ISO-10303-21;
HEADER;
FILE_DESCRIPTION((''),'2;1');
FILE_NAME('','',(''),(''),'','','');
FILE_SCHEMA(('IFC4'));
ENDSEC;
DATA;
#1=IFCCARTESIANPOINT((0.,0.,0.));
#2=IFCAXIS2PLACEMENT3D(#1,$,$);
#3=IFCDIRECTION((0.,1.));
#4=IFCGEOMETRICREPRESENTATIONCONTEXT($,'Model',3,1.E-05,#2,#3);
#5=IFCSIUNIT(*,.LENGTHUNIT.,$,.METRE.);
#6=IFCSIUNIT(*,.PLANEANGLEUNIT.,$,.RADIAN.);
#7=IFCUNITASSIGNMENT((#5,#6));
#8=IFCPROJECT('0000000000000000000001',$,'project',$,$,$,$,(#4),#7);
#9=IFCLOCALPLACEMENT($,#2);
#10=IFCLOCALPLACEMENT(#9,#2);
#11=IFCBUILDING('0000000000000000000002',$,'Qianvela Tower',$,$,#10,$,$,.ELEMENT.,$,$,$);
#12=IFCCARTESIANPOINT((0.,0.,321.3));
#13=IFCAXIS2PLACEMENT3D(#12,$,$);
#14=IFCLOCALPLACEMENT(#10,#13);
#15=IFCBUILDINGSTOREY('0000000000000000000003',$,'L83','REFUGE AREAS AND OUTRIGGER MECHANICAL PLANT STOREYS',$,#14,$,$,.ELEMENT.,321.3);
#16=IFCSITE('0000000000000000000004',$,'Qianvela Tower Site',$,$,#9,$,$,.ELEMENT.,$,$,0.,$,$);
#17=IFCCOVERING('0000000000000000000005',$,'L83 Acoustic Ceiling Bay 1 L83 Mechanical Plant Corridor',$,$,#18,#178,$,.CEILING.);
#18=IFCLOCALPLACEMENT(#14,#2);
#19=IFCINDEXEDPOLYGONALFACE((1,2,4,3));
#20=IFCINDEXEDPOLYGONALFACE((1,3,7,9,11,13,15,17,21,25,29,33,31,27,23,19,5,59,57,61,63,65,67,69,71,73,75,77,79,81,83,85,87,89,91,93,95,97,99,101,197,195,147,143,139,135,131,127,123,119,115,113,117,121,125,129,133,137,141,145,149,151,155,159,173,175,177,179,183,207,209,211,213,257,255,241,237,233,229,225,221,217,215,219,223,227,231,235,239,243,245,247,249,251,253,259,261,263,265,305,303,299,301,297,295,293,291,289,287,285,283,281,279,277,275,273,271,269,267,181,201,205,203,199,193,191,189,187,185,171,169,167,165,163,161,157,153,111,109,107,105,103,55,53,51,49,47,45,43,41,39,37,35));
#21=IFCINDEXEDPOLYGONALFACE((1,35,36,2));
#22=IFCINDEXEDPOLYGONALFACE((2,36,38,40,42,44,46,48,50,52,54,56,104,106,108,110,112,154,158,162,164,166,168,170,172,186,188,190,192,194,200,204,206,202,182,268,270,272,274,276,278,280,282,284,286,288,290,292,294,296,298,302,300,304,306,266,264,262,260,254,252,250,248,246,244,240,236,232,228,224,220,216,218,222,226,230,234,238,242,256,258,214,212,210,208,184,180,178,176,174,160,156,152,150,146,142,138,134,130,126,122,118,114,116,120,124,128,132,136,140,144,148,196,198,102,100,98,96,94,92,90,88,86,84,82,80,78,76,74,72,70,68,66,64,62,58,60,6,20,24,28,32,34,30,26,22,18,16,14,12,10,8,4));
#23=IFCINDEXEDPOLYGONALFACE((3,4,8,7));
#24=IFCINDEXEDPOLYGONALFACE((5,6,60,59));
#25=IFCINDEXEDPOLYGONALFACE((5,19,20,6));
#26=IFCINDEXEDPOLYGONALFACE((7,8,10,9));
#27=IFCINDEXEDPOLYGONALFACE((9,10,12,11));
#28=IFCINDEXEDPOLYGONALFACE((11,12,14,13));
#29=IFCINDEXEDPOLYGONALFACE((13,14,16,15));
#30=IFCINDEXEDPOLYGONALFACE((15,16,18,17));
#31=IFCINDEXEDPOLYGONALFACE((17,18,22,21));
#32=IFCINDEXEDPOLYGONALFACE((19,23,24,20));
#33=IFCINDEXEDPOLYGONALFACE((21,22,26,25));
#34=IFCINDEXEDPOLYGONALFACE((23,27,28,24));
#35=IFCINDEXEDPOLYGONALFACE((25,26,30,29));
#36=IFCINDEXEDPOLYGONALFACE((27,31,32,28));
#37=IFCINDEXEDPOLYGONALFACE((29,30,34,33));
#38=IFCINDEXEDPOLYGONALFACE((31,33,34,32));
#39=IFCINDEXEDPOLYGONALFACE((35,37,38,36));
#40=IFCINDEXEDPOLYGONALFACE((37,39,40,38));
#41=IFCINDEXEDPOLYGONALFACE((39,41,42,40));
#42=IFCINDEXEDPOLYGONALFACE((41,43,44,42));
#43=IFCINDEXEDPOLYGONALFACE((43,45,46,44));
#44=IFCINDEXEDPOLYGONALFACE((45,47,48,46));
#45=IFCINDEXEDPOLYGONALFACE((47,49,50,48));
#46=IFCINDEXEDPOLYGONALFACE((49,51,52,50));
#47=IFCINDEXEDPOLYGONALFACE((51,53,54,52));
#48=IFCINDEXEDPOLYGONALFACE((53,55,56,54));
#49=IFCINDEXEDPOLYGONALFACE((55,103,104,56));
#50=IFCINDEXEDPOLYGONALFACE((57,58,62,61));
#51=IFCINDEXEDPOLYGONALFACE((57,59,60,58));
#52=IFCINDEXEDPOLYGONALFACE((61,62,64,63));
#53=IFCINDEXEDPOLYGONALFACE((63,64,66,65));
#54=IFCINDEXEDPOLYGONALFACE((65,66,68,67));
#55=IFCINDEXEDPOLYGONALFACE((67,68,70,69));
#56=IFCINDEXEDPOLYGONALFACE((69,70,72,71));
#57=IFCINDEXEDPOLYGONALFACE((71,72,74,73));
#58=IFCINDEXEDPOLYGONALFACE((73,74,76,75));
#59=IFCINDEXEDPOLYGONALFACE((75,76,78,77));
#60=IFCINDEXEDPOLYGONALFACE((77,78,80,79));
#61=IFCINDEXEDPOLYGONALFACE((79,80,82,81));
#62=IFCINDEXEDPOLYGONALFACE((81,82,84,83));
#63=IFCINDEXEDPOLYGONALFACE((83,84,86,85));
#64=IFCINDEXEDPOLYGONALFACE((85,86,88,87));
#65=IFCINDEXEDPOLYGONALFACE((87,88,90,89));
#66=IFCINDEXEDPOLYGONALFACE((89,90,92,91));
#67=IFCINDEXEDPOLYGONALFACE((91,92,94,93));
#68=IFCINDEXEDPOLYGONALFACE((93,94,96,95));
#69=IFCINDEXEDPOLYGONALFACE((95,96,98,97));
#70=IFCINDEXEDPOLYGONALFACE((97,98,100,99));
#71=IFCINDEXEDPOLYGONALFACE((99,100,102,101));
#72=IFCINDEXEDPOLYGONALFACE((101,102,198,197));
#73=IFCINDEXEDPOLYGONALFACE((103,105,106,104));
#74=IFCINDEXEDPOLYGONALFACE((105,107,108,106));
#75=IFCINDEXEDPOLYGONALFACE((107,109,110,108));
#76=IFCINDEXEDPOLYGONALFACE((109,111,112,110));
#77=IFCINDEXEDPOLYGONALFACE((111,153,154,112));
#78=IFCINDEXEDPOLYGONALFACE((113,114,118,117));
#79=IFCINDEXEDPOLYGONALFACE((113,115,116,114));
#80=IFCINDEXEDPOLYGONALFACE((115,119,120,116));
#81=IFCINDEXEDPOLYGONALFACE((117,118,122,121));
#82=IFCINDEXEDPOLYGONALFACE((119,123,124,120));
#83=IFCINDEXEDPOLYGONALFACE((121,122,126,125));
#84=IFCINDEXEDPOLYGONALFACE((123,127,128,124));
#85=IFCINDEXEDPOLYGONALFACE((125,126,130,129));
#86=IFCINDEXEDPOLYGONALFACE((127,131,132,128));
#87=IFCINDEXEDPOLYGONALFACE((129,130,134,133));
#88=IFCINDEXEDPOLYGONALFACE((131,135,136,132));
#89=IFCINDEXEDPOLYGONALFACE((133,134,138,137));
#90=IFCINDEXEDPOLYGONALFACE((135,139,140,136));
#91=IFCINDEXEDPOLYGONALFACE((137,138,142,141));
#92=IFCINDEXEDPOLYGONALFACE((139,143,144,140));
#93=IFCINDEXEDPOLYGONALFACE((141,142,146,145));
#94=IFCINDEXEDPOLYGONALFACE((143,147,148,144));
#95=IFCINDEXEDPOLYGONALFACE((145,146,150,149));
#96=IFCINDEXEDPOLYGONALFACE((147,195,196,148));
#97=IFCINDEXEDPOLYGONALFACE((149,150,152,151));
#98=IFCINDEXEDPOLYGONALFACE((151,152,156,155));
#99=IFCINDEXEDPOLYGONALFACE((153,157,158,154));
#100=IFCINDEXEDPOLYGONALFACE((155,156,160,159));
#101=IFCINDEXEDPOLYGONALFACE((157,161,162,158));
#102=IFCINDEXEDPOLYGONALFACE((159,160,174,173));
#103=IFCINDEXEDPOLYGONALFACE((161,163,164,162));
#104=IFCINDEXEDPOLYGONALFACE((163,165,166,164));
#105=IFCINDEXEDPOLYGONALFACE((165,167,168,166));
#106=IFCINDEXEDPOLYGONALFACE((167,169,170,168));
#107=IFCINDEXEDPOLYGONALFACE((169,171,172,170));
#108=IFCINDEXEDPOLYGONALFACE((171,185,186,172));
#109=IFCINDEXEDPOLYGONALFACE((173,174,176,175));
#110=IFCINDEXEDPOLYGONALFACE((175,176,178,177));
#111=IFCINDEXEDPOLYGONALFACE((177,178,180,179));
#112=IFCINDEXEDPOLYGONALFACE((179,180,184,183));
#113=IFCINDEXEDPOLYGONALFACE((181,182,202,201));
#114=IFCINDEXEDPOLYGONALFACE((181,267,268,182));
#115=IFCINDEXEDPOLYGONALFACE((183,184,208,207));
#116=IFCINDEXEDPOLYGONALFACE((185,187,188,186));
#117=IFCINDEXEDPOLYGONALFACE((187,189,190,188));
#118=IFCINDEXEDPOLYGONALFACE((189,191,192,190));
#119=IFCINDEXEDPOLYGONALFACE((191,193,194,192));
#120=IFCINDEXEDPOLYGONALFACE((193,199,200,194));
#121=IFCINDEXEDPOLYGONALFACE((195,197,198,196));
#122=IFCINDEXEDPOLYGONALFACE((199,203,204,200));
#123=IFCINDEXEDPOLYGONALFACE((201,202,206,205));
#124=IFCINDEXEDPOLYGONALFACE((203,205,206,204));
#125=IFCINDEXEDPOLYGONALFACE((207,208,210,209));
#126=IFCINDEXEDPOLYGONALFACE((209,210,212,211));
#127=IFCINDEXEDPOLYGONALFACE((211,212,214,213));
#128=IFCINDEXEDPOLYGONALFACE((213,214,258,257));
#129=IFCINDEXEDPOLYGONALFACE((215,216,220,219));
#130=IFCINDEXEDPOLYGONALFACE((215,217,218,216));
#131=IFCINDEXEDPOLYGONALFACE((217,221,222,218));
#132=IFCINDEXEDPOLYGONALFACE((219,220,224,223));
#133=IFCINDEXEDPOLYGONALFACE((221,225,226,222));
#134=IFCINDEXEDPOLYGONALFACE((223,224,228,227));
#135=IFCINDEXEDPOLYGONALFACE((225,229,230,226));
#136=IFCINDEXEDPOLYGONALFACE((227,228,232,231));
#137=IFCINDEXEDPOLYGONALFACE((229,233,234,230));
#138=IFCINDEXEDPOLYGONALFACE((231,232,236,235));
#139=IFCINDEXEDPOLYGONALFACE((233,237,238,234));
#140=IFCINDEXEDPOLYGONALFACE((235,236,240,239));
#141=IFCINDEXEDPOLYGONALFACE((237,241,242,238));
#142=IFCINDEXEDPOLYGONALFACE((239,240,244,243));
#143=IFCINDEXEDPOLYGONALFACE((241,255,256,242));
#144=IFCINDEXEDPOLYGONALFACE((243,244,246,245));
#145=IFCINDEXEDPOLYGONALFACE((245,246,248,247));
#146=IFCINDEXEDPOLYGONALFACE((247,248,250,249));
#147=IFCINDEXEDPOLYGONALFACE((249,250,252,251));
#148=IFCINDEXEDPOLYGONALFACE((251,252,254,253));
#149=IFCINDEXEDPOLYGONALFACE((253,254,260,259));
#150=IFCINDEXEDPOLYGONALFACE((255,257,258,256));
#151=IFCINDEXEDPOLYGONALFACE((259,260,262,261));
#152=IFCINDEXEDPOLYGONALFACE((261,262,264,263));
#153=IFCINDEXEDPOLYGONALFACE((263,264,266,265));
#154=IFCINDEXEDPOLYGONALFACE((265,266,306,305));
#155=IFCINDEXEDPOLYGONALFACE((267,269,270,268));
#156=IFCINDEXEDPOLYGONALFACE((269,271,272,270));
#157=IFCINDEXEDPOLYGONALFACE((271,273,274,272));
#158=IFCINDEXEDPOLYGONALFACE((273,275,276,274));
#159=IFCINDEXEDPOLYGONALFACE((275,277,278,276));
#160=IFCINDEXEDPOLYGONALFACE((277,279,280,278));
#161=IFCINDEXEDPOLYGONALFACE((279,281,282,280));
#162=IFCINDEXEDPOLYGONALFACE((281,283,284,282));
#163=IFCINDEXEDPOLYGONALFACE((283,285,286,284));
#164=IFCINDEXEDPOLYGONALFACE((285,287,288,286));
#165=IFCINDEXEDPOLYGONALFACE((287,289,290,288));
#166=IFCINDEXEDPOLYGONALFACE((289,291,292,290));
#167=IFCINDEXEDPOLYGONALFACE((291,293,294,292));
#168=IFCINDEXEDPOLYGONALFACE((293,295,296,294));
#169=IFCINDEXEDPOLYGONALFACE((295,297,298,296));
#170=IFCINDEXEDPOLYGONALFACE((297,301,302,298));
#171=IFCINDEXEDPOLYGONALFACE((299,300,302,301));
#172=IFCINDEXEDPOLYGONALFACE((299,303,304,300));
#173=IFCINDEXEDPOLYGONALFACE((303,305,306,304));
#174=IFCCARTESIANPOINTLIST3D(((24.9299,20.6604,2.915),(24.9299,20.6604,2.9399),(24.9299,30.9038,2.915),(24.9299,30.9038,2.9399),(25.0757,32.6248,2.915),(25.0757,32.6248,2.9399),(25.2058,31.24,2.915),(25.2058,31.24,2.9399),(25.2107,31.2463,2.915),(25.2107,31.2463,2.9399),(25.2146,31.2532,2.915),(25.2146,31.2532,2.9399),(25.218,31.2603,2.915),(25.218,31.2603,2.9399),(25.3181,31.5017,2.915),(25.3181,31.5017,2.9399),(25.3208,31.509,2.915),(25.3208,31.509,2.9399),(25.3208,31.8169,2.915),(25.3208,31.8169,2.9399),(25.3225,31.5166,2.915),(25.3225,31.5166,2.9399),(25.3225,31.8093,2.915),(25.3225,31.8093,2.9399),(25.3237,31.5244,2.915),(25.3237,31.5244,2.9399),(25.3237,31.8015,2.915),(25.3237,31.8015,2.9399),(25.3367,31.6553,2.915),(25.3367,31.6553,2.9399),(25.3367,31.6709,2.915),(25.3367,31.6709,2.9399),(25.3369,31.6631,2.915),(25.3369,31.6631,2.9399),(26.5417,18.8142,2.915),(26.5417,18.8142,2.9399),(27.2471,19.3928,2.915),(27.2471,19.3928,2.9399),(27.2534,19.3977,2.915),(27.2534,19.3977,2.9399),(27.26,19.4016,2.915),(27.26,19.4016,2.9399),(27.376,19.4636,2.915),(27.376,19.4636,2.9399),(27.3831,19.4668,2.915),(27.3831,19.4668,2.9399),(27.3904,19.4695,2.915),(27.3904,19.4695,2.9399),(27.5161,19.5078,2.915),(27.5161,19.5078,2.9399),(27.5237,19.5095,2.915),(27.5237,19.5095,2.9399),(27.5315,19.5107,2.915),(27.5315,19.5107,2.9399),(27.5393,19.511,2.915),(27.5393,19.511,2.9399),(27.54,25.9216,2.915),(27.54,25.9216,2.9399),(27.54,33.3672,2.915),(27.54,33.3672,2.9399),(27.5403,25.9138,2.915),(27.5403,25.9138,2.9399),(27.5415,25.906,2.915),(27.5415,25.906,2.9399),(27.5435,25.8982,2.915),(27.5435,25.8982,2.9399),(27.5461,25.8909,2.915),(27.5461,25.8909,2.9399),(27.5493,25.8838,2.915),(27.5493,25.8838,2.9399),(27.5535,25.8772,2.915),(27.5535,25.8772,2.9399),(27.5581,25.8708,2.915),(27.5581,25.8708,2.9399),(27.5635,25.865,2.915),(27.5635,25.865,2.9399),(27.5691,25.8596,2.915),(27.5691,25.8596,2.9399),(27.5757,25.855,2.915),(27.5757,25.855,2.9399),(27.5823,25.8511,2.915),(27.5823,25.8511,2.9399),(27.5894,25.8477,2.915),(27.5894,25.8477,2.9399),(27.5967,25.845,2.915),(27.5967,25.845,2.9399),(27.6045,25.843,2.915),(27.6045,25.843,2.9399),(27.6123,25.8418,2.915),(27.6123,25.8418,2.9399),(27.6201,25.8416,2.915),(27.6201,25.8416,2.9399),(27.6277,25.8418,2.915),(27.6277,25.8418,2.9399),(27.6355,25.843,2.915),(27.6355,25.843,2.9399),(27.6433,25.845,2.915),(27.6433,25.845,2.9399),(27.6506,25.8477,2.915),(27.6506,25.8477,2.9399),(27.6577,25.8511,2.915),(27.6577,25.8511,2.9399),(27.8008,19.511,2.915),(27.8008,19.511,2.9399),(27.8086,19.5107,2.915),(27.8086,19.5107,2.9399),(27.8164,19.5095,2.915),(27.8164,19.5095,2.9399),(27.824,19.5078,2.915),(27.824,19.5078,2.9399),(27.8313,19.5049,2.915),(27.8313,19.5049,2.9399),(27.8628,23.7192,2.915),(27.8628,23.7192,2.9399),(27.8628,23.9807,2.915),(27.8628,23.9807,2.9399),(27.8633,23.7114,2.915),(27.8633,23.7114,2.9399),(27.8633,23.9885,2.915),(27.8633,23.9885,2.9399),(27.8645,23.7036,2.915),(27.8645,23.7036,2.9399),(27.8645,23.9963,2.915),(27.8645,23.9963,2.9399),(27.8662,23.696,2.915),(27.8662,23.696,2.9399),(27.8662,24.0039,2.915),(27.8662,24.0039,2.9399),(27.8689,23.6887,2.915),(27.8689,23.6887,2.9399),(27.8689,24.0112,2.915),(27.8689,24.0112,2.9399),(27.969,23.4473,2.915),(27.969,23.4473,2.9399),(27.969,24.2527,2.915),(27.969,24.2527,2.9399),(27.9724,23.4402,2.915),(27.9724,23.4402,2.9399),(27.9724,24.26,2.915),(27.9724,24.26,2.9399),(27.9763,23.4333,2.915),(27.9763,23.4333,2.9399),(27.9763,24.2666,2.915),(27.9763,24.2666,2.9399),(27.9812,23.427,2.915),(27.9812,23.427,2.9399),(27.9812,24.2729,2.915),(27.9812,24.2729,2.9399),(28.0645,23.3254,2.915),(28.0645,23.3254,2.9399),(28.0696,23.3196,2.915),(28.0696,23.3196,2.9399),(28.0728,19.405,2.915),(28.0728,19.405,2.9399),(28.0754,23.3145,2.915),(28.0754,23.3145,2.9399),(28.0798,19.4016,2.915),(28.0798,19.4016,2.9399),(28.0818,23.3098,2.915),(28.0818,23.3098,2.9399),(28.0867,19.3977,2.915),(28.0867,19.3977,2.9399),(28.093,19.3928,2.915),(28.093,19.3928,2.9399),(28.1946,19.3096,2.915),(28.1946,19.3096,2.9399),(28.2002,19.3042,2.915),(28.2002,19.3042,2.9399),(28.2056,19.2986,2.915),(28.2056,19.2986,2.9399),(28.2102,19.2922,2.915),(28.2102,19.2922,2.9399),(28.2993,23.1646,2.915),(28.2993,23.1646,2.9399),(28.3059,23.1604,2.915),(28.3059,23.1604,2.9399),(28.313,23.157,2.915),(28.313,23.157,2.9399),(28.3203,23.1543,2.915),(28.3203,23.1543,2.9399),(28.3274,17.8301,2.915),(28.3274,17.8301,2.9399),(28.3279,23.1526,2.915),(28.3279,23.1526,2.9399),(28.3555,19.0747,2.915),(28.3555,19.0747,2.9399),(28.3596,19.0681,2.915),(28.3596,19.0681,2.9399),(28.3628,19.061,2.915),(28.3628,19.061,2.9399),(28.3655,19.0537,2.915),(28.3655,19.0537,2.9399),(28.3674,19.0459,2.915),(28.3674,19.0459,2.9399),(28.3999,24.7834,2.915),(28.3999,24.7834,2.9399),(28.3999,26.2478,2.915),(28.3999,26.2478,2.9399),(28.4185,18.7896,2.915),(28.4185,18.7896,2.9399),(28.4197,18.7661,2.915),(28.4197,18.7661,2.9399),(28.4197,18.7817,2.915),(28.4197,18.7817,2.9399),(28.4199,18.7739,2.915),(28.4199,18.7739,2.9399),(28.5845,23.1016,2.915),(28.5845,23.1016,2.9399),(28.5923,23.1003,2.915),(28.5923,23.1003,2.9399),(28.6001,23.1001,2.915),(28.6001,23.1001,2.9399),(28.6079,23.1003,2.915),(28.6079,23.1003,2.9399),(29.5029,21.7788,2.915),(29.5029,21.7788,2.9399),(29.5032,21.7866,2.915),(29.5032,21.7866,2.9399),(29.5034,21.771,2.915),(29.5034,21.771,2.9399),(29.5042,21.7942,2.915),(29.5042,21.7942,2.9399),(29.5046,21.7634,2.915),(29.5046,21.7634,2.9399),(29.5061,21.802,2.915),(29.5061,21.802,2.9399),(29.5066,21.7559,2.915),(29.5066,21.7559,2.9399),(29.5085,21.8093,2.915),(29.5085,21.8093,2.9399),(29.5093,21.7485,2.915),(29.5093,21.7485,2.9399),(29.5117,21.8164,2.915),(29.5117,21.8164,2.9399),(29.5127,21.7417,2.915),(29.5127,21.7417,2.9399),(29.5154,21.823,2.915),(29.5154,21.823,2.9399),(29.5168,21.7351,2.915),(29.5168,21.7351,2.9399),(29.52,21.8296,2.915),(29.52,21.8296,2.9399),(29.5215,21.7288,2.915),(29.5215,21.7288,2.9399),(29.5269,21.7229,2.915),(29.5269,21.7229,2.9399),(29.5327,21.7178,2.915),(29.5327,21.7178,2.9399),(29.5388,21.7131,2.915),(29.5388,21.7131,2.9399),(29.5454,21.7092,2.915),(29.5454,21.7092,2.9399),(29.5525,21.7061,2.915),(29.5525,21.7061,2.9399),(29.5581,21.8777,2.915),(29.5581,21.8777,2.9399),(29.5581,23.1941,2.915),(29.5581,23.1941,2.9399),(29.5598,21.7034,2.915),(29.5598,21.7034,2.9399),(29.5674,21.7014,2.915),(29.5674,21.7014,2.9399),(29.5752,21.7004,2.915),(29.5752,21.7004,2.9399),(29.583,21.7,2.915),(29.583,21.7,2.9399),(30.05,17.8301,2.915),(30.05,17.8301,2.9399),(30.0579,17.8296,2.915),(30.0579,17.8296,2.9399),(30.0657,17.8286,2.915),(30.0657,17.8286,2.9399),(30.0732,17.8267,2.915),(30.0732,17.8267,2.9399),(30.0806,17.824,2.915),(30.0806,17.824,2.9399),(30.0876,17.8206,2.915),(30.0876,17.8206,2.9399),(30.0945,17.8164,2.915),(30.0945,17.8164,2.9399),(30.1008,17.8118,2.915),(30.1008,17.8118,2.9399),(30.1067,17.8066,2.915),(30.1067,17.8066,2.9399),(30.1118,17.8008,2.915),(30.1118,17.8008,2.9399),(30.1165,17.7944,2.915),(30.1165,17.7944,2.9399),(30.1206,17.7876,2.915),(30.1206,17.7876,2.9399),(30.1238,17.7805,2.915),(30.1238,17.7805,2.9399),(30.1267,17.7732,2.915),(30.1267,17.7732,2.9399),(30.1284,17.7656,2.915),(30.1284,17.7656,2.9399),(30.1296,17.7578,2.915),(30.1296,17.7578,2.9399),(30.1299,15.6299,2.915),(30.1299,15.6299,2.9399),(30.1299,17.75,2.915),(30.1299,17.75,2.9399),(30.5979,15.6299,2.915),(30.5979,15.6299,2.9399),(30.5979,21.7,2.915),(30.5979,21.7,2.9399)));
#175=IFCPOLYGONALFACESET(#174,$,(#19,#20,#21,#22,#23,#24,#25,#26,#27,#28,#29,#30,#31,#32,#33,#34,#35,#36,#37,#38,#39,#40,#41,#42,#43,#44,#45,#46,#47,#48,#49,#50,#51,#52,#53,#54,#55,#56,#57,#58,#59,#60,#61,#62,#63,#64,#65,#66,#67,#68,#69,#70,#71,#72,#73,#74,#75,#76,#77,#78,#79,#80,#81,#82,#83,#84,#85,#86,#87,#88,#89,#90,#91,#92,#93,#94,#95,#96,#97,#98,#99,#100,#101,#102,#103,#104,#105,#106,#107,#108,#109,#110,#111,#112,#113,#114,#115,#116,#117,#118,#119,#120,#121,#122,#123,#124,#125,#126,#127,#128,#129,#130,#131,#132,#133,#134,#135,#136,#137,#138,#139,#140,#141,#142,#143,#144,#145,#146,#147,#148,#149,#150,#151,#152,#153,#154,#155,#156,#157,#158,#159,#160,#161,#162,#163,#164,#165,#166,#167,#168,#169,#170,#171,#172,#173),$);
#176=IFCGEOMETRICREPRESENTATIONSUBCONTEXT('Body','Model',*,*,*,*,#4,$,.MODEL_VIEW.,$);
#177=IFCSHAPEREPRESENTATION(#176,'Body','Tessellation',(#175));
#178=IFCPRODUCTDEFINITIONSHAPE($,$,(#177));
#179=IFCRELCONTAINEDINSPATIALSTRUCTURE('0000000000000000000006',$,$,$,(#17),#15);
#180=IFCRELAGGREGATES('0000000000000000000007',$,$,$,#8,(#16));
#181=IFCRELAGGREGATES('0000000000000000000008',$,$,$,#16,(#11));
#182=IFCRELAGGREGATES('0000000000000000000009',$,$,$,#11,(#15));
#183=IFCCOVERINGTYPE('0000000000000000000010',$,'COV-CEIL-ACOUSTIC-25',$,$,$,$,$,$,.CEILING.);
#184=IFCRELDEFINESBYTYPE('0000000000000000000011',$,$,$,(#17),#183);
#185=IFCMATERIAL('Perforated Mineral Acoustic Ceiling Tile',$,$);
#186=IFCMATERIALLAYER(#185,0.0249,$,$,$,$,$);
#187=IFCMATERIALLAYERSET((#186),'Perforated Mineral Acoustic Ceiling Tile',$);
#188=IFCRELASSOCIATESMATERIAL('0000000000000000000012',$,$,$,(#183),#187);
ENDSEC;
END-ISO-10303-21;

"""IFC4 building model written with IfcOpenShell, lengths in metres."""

from ifc_helpers import new_model, si_unit, direction, frame, origin, place, context, subcontext, project, spatial, polyline, outline, extrude, material, layer, layer_set, type_object, element, save


model = new_model("IFC4")

# Units and contexts
model_context = context("Model", 3, precision=1e-05, world=origin(), true_north=direction((0.0, 1.0)))
body_context = subcontext(model_context, "Body", "Model", "MODEL_VIEW")
ifc_project = project(units=[si_unit("LENGTHUNIT", "METRE"), si_unit("PLANEANGLEUNIT", "RADIAN")], contexts=[model_context])

# Site, building, storey
site_placement = place(None, origin())
site = spatial("IfcSite", under=ifc_project, at=site_placement, Name="Qianvela Tower Site", CompositionType="ELEMENT", RefElevation=0.0)
building_placement = place(site_placement, origin())
building = spatial("IfcBuilding", under=site, at=building_placement, Name="Qianvela Tower", CompositionType="ELEMENT")
storey_placement = place(building_placement, frame((0.0, 0.0, 321.3)))
storey = spatial("IfcBuildingStorey", under=building, at=storey_placement, Name="L83", Description="REFUGE AREAS AND OUTRIGGER MECHANICAL PLANT STOREYS", CompositionType="ELEMENT", Elevation=321.3)

# Covering
ifc_material_1 = material(Name="Perforated Mineral Acoustic Ceiling Tile")
ifc_layer_1 = layer(ifc_material_1, 0.0249)
ifc_layer_set_1 = layer_set([ifc_layer_1], Name="Perforated Mineral Acoustic Ceiling Tile")
covering_type_1 = type_object("IfcCoveringType", Name="COV-CEIL-ACOUSTIC-25", PredefinedType="CEILING", material=ifc_layer_set_1)
covering_1_placement = place(storey_placement, frame((0.0, 0.0, 2.915)))
element("IfcCovering", 1, at=covering_1_placement, inside=storey, type_object=covering_type_1, Name="L83 Acoustic Ceiling Bay 1 L83 Mechanical Plant Corridor", PredefinedType="CEILING", context=body_context, shape_type="SweptSolid", body=[
    extrude(outline(polyline([(27.9812, 24.2729), (27.9763, 24.2666), (27.9724, 24.26), (27.969, 24.2527), (27.8689, 24.0112), (27.8662, 24.0039), (27.8645, 23.9963), (27.8633, 23.9885), (27.8628, 23.9807), (27.8628, 23.7192), (27.8633, 23.7114), (27.8645, 23.7036), (27.8662, 23.696), (27.8689, 23.6887), (27.969, 23.4473), (27.9724, 23.4402), (27.9763, 23.4333), (27.9812, 23.427), (28.0645, 23.3254), (28.0696, 23.3196), (28.0754, 23.3145), (28.0818, 23.3098), (28.2993, 23.1646), (28.3059, 23.1604), (28.313, 23.157), (28.3203, 23.1543), (28.3279, 23.1526), (28.5845, 23.1016), (28.5923, 23.1003), (28.6001, 23.1001), (28.6079, 23.1003), (29.5581, 23.1941), (29.5581, 21.8777), (29.52, 21.8296), (29.5154, 21.823), (29.5117, 21.8164), (29.5085, 21.8093), (29.5061, 21.802), (29.5042, 21.7942), (29.5032, 21.7866), (29.5029, 21.7788), (29.5034, 21.771), (29.5046, 21.7634), (29.5066, 21.7559), (29.5093, 21.7485), (29.5127, 21.7417), (29.5168, 21.7351), (29.5215, 21.7288), (29.5269, 21.7229), (29.5327, 21.7178), (29.5388, 21.7131), (29.5454, 21.7092), (29.5525, 21.7061), (29.5598, 21.7034), (29.5674, 21.7014), (29.5752, 21.7004), (29.583, 21.7), (30.5979, 21.7), (30.5979, 15.6299), (30.1299, 15.6299), (30.1299, 17.75), (30.1296, 17.7578), (30.1284, 17.7656), (30.1267, 17.7732), (30.1238, 17.7805), (30.1206, 17.7876), (30.1165, 17.7944), (30.1118, 17.8008), (30.1067, 17.8066), (30.1008, 17.8118), (30.0945, 17.8164), (30.0876, 17.8206), (30.0806, 17.824), (30.0732, 17.8267), (30.0657, 17.8286), (30.0579, 17.8296), (30.05, 17.8301), (28.3274, 17.8301), (28.4197, 18.7661), (28.4199, 18.7739), (28.4197, 18.7817), (28.4185, 18.7896), (28.3674, 19.0459), (28.3655, 19.0537), (28.3628, 19.061), (28.3596, 19.0681), (28.3555, 19.0747), (28.2102, 19.2922), (28.2056, 19.2986), (28.2002, 19.3042), (28.1946, 19.3096), (28.093, 19.3928), (28.0867, 19.3977), (28.0798, 19.4016), (28.0728, 19.405), (27.8313, 19.5049), (27.824, 19.5078), (27.8164, 19.5095), (27.8086, 19.5107), (27.8008, 19.511), (27.5393, 19.511), (27.5315, 19.5107), (27.5237, 19.5095), (27.5161, 19.5078), (27.3904, 19.4695), (27.3831, 19.4668), (27.376, 19.4636), (27.26, 19.4016), (27.2534, 19.3977), (27.2471, 19.3928), (26.5417, 18.8142), (24.9299, 20.6604), (24.9299, 30.9038), (25.2058, 31.24), (25.2107, 31.2463), (25.2146, 31.2532), (25.218, 31.2603), (25.3181, 31.5017), (25.3208, 31.509), (25.3225, 31.5166), (25.3237, 31.5244), (25.3367, 31.6553), (25.3369, 31.6631), (25.3367, 31.6709), (25.3237, 31.8015), (25.3225, 31.8093), (25.3208, 31.8169), (25.0757, 32.6248), (27.54, 33.3672), (27.54, 25.9216), (27.5403, 25.9138), (27.5415, 25.906), (27.5435, 25.8982), (27.5461, 25.8909), (27.5493, 25.8838), (27.5535, 25.8772), (27.5581, 25.8708), (27.5635, 25.865), (27.5691, 25.8596), (27.5757, 25.855), (27.5823, 25.8511), (27.5894, 25.8477), (27.5967, 25.845), (27.6045, 25.843), (27.6123, 25.8418), (27.6201, 25.8416), (27.6277, 25.8418), (27.6355, 25.843), (27.6433, 25.845), (27.6506, 25.8477), (27.6577, 25.8511), (28.3999, 26.2478), (28.3999, 24.7834), (27.9812, 24.2729)])), origin(), (0.0, 0.0, 1.0), 0.0249),
])

save(model, "model.ifc")
